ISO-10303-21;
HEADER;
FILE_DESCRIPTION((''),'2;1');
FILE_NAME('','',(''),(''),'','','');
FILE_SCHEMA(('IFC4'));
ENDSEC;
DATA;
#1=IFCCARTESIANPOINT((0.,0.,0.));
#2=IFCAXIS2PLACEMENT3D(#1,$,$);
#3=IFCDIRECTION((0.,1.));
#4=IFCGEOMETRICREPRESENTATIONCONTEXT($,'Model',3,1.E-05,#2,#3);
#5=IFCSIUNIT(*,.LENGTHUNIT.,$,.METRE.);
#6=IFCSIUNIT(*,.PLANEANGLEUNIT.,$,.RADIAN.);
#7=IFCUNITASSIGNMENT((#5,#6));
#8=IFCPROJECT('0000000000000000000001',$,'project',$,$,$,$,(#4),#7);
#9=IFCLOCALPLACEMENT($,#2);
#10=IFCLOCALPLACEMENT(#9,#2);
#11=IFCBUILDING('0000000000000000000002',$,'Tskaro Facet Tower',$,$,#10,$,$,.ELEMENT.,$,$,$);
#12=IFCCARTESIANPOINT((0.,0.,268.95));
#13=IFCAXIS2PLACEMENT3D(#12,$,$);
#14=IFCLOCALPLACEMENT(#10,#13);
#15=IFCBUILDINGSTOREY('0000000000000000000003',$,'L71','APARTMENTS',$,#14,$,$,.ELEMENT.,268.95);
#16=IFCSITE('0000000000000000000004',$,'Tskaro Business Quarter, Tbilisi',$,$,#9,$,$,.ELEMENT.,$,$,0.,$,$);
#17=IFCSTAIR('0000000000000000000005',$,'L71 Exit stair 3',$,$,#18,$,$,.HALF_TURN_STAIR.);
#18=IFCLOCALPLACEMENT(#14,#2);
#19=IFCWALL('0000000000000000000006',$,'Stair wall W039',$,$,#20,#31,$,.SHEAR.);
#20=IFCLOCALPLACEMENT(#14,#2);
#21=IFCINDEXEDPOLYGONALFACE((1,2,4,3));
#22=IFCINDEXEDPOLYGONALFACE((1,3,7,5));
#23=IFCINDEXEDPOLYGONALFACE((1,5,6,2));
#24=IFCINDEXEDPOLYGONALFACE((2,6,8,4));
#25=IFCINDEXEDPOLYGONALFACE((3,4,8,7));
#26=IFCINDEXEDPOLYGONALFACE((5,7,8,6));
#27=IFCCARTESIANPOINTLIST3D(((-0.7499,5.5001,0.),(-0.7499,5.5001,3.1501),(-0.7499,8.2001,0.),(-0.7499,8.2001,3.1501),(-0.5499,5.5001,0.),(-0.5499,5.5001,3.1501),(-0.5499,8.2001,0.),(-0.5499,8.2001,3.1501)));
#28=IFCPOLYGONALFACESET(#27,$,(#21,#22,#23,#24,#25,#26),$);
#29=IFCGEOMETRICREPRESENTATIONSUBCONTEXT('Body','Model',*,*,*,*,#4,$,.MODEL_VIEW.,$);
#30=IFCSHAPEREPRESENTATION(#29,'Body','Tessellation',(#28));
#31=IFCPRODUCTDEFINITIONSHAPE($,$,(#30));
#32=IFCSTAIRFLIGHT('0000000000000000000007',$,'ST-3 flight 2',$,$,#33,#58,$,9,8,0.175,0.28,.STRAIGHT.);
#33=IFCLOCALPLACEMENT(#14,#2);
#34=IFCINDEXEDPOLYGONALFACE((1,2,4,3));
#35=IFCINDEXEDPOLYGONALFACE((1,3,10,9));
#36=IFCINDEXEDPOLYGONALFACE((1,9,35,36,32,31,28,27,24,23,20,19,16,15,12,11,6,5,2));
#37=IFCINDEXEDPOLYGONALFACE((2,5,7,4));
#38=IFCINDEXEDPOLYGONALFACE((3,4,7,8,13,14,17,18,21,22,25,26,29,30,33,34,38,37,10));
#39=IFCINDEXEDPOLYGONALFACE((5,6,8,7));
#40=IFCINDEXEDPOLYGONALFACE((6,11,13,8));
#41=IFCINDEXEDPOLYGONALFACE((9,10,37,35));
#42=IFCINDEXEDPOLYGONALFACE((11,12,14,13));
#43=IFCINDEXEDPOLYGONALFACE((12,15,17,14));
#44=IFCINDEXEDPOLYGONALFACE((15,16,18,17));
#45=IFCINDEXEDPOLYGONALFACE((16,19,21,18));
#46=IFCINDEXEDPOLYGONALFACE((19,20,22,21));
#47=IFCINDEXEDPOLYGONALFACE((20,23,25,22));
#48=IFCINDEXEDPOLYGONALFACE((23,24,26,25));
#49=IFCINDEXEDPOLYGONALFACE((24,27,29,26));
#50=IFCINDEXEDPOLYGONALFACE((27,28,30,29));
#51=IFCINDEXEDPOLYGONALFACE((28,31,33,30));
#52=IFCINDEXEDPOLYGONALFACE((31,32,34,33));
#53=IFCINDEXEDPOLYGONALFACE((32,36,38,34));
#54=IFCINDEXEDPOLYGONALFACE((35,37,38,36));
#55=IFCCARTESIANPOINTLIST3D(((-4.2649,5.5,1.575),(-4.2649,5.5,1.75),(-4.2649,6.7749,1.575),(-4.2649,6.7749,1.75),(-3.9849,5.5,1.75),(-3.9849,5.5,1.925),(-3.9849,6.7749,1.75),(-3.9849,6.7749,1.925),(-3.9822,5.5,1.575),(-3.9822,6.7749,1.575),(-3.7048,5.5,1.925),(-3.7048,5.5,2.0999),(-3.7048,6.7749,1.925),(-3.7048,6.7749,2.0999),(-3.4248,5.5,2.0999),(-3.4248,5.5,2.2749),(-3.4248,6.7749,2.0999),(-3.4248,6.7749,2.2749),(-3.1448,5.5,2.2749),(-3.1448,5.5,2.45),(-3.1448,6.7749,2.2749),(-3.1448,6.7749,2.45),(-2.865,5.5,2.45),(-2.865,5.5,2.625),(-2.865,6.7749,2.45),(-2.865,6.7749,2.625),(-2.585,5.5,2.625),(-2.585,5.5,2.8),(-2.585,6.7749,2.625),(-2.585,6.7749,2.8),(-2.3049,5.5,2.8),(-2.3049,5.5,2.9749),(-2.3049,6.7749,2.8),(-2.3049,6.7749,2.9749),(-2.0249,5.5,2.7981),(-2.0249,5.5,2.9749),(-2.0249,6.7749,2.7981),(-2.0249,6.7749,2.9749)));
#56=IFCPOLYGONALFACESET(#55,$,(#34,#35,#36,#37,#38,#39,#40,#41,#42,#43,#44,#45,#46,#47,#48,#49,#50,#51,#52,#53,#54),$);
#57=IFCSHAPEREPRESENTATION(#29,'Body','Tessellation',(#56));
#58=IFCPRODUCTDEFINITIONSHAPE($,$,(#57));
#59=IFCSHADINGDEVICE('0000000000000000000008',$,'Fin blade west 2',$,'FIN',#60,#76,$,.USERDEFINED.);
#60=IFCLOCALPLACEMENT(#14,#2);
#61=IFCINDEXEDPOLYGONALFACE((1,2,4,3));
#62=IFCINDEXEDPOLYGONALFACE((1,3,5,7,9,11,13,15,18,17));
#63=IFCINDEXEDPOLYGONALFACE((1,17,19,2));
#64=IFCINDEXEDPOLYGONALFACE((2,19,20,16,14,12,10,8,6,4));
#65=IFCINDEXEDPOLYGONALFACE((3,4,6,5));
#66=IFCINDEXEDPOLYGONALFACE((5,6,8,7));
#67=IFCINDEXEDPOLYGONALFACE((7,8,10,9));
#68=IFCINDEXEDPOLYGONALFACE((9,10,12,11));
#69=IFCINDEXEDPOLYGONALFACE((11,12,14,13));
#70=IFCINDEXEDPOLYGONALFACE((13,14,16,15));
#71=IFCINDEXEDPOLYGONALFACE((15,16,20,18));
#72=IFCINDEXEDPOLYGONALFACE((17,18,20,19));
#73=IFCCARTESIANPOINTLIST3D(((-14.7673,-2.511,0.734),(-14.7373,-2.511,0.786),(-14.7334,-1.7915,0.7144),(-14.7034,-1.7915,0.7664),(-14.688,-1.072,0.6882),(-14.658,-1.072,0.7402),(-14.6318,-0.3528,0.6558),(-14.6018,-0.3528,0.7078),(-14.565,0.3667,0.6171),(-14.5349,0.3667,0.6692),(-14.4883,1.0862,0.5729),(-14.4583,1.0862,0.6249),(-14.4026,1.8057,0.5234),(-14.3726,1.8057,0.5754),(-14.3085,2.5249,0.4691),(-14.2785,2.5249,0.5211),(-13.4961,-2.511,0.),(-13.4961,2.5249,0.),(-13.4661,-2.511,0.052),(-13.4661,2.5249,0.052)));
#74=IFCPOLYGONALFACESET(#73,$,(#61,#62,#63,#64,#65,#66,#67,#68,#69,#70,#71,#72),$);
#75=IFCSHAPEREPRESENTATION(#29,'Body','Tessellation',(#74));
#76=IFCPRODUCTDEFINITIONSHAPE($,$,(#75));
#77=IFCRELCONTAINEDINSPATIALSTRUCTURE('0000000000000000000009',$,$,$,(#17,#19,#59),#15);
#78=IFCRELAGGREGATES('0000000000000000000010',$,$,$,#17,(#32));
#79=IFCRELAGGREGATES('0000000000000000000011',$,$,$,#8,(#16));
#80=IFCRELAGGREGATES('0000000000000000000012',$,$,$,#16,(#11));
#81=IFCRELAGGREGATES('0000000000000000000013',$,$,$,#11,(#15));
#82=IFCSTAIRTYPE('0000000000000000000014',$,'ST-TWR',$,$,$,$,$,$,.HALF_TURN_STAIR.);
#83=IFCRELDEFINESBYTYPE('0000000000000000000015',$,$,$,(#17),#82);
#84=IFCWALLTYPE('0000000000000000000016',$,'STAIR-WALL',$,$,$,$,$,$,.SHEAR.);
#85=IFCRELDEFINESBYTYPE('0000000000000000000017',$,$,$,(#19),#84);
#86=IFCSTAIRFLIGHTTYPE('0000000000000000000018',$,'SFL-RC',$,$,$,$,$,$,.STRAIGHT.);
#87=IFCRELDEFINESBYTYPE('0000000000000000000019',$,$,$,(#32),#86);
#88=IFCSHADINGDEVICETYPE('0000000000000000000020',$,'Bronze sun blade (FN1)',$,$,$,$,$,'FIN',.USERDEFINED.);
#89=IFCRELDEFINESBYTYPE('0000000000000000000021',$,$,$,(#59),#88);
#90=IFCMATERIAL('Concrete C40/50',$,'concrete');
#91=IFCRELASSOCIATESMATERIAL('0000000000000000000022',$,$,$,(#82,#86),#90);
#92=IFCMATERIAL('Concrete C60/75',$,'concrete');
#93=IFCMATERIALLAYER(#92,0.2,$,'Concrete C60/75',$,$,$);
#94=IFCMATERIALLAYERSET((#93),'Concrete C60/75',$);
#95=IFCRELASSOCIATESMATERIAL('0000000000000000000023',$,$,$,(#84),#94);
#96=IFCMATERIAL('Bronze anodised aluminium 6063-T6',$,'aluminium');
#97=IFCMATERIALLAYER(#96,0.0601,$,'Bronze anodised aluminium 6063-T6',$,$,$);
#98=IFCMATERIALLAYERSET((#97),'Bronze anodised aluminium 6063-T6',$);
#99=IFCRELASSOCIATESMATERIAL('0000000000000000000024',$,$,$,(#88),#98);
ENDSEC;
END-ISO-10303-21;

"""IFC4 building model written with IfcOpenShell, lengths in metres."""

from ifc_helpers import new_model, si_unit, direction, frame, frame_2d, origin, place, context, subcontext, project, spatial, polyline, rectangle, outline, extrude, material, layer, layer_set, type_object, element, aggregate, save


model = new_model("IFC4")

# Units and contexts
model_context = context("Model", 3, precision=1e-05, world=origin(), true_north=direction((0.0, 1.0)))
body_context = subcontext(model_context, "Body", "Model", "MODEL_VIEW")
ifc_project = project(units=[si_unit("LENGTHUNIT", "METRE"), si_unit("PLANEANGLEUNIT", "RADIAN")], contexts=[model_context])

# Site, building, storey
site_placement = place(None, origin())
site = spatial("IfcSite", under=ifc_project, at=site_placement, Name="Tskaro Business Quarter, Tbilisi", CompositionType="ELEMENT", RefElevation=0.0)
building_placement = place(site_placement, origin())
building = spatial("IfcBuilding", under=site, at=building_placement, Name="Tskaro Facet Tower", CompositionType="ELEMENT")
storey_placement = place(building_placement, frame((0.0, 0.0, 268.95)))
storey = spatial("IfcBuildingStorey", under=building, at=storey_placement, Name="L71", Description="APARTMENTS", CompositionType="ELEMENT", Elevation=268.95)

# Shared definitions
ifc_material_1 = material(Name="Bronze anodised aluminium 6063-T6", Category="aluminium")

# Stair
ifc_material_2 = material(Name="Concrete C40/50", Category="concrete")
stair_type = type_object("IfcStairType", Name="ST-TWR", PredefinedType="HALF_TURN_STAIR", material=ifc_material_2)
stair_1_placement = place(storey_placement, origin())
stair_1 = element("IfcStair", 1, at=stair_1_placement, inside=storey, type_object=stair_type, Name="L71 Exit stair 3", PredefinedType="HALF_TURN_STAIR")

# Shared definitions
ifc_material_3 = material(Name="Concrete C60/75", Category="concrete")

# Shared definitions
ifc_layer_1 = layer(ifc_material_3, 0.2, Name="Concrete C60/75")
ifc_layer_set_1 = layer_set([ifc_layer_1], Name="Concrete C60/75")
wall_type_1 = type_object("IfcWallType", Name="STAIR-WALL", PredefinedType="SHEAR", material=ifc_layer_set_1)

# Wall
for number, where, z_axis, x_axis, name in (
    (2, (-0.6499, 5.5, 0.0), (0.0, 0.0, 1.0), (0.0, 1.0, 0.0), "Stair wall W039"),
):
    element("IfcWall", number, at=place(storey_placement, frame(where, z_axis=z_axis, x_axis=x_axis)), inside=storey, type_object=wall_type_1, Name=name, PredefinedType="SHEAR", context=body_context, shape_type="SweptSolid", body=[
        extrude(rectangle(XDim=2.7, YDim=0.2, at=frame_2d((1.3501, 0.0))), origin(), (0.0, 0.0, 1.0), 3.1501),
    ])

# Stair flight
stair_flight_type = type_object("IfcStairFlightType", Name="SFL-RC", PredefinedType="STRAIGHT", material=ifc_material_2)
stair_flight_placement = place(storey_placement, frame((-4.2649, 6.1375, 1.575), z_axis=(0.0, 0.0, 1.0), x_axis=(1.0, 0.0, 0.0)))
stair_flight = element("IfcStairFlight", 3, at=stair_flight_placement, type_object=stair_flight_type, Name="ST-3 flight 2", NumberOfRisers=9, NumberOfTreads=8, PredefinedType="STRAIGHT", RiserHeight=0.175, TreadLength=0.28, context=body_context, shape_type="SweptSolid", body=[
    extrude(outline(polyline([(0.0, 0.0), (0.0, 0.175), (0.28, 0.175), (0.28, 0.3501), (0.5601, 0.3501), (0.5601, 0.5249), (0.8401, 0.5249), (0.8401, 0.7), (1.1201, 0.7), (1.1201, 0.875), (1.3999, 0.875), (1.3999, 1.05), (1.6799, 1.05), (1.6799, 1.2251), (1.96, 1.2251), (1.96, 1.3999), (2.24, 1.3999), (2.24, 1.575), (2.24, 1.2231), (0.2827, 0.0), (0.0, 0.0)])), frame((0.0, 0.6375, 0.0), z_axis=(0.0, -1.0, 0.0), x_axis=(1.0, 0.0, 0.0)), (0.0, 0.0, 1.0), 1.2749),
])
aggregate(stair_1, [stair_flight])

# Shading device
ifc_layer_2 = layer(ifc_material_1, 0.0601, Name="Bronze anodised aluminium 6063-T6")
ifc_layer_set_2 = layer_set([ifc_layer_2], Name="Bronze anodised aluminium 6063-T6")
shading_device_type = type_object("IfcShadingDeviceType", Name="Bronze sun blade (FN1)", ElementType="FIN", PredefinedType="USERDEFINED", material=ifc_layer_set_2)
shading_device_placement = place(storey_placement, frame((-13.4661, 2.5249, 0.052), z_axis=(0.500031, -0.000004, 0.866007), x_axis=(-0.000002, -1.0, -0.000004)))
element("IfcShadingDevice", 4, at=shading_device_placement, inside=storey, type_object=shading_device_type, Name="Fin blade west 2", ObjectType="FIN", PredefinedType="USERDEFINED", context=body_context, shape_type="SweptSolid", body=[
    extrude(outline(polyline([(0.0, 0.0), (5.0359, 0.0), (5.0359, -1.4679), (4.3164, -1.4287), (3.5969, -1.3763), (2.8777, -1.3115), (2.1582, -1.2342), (1.4387, -1.1458), (0.7192, -1.0468), (0.0, -0.9381), (0.0, 0.0)])), origin(), (0.0, 0.0, -1.0), 0.0601),
])

save(model, "model.ifc")
